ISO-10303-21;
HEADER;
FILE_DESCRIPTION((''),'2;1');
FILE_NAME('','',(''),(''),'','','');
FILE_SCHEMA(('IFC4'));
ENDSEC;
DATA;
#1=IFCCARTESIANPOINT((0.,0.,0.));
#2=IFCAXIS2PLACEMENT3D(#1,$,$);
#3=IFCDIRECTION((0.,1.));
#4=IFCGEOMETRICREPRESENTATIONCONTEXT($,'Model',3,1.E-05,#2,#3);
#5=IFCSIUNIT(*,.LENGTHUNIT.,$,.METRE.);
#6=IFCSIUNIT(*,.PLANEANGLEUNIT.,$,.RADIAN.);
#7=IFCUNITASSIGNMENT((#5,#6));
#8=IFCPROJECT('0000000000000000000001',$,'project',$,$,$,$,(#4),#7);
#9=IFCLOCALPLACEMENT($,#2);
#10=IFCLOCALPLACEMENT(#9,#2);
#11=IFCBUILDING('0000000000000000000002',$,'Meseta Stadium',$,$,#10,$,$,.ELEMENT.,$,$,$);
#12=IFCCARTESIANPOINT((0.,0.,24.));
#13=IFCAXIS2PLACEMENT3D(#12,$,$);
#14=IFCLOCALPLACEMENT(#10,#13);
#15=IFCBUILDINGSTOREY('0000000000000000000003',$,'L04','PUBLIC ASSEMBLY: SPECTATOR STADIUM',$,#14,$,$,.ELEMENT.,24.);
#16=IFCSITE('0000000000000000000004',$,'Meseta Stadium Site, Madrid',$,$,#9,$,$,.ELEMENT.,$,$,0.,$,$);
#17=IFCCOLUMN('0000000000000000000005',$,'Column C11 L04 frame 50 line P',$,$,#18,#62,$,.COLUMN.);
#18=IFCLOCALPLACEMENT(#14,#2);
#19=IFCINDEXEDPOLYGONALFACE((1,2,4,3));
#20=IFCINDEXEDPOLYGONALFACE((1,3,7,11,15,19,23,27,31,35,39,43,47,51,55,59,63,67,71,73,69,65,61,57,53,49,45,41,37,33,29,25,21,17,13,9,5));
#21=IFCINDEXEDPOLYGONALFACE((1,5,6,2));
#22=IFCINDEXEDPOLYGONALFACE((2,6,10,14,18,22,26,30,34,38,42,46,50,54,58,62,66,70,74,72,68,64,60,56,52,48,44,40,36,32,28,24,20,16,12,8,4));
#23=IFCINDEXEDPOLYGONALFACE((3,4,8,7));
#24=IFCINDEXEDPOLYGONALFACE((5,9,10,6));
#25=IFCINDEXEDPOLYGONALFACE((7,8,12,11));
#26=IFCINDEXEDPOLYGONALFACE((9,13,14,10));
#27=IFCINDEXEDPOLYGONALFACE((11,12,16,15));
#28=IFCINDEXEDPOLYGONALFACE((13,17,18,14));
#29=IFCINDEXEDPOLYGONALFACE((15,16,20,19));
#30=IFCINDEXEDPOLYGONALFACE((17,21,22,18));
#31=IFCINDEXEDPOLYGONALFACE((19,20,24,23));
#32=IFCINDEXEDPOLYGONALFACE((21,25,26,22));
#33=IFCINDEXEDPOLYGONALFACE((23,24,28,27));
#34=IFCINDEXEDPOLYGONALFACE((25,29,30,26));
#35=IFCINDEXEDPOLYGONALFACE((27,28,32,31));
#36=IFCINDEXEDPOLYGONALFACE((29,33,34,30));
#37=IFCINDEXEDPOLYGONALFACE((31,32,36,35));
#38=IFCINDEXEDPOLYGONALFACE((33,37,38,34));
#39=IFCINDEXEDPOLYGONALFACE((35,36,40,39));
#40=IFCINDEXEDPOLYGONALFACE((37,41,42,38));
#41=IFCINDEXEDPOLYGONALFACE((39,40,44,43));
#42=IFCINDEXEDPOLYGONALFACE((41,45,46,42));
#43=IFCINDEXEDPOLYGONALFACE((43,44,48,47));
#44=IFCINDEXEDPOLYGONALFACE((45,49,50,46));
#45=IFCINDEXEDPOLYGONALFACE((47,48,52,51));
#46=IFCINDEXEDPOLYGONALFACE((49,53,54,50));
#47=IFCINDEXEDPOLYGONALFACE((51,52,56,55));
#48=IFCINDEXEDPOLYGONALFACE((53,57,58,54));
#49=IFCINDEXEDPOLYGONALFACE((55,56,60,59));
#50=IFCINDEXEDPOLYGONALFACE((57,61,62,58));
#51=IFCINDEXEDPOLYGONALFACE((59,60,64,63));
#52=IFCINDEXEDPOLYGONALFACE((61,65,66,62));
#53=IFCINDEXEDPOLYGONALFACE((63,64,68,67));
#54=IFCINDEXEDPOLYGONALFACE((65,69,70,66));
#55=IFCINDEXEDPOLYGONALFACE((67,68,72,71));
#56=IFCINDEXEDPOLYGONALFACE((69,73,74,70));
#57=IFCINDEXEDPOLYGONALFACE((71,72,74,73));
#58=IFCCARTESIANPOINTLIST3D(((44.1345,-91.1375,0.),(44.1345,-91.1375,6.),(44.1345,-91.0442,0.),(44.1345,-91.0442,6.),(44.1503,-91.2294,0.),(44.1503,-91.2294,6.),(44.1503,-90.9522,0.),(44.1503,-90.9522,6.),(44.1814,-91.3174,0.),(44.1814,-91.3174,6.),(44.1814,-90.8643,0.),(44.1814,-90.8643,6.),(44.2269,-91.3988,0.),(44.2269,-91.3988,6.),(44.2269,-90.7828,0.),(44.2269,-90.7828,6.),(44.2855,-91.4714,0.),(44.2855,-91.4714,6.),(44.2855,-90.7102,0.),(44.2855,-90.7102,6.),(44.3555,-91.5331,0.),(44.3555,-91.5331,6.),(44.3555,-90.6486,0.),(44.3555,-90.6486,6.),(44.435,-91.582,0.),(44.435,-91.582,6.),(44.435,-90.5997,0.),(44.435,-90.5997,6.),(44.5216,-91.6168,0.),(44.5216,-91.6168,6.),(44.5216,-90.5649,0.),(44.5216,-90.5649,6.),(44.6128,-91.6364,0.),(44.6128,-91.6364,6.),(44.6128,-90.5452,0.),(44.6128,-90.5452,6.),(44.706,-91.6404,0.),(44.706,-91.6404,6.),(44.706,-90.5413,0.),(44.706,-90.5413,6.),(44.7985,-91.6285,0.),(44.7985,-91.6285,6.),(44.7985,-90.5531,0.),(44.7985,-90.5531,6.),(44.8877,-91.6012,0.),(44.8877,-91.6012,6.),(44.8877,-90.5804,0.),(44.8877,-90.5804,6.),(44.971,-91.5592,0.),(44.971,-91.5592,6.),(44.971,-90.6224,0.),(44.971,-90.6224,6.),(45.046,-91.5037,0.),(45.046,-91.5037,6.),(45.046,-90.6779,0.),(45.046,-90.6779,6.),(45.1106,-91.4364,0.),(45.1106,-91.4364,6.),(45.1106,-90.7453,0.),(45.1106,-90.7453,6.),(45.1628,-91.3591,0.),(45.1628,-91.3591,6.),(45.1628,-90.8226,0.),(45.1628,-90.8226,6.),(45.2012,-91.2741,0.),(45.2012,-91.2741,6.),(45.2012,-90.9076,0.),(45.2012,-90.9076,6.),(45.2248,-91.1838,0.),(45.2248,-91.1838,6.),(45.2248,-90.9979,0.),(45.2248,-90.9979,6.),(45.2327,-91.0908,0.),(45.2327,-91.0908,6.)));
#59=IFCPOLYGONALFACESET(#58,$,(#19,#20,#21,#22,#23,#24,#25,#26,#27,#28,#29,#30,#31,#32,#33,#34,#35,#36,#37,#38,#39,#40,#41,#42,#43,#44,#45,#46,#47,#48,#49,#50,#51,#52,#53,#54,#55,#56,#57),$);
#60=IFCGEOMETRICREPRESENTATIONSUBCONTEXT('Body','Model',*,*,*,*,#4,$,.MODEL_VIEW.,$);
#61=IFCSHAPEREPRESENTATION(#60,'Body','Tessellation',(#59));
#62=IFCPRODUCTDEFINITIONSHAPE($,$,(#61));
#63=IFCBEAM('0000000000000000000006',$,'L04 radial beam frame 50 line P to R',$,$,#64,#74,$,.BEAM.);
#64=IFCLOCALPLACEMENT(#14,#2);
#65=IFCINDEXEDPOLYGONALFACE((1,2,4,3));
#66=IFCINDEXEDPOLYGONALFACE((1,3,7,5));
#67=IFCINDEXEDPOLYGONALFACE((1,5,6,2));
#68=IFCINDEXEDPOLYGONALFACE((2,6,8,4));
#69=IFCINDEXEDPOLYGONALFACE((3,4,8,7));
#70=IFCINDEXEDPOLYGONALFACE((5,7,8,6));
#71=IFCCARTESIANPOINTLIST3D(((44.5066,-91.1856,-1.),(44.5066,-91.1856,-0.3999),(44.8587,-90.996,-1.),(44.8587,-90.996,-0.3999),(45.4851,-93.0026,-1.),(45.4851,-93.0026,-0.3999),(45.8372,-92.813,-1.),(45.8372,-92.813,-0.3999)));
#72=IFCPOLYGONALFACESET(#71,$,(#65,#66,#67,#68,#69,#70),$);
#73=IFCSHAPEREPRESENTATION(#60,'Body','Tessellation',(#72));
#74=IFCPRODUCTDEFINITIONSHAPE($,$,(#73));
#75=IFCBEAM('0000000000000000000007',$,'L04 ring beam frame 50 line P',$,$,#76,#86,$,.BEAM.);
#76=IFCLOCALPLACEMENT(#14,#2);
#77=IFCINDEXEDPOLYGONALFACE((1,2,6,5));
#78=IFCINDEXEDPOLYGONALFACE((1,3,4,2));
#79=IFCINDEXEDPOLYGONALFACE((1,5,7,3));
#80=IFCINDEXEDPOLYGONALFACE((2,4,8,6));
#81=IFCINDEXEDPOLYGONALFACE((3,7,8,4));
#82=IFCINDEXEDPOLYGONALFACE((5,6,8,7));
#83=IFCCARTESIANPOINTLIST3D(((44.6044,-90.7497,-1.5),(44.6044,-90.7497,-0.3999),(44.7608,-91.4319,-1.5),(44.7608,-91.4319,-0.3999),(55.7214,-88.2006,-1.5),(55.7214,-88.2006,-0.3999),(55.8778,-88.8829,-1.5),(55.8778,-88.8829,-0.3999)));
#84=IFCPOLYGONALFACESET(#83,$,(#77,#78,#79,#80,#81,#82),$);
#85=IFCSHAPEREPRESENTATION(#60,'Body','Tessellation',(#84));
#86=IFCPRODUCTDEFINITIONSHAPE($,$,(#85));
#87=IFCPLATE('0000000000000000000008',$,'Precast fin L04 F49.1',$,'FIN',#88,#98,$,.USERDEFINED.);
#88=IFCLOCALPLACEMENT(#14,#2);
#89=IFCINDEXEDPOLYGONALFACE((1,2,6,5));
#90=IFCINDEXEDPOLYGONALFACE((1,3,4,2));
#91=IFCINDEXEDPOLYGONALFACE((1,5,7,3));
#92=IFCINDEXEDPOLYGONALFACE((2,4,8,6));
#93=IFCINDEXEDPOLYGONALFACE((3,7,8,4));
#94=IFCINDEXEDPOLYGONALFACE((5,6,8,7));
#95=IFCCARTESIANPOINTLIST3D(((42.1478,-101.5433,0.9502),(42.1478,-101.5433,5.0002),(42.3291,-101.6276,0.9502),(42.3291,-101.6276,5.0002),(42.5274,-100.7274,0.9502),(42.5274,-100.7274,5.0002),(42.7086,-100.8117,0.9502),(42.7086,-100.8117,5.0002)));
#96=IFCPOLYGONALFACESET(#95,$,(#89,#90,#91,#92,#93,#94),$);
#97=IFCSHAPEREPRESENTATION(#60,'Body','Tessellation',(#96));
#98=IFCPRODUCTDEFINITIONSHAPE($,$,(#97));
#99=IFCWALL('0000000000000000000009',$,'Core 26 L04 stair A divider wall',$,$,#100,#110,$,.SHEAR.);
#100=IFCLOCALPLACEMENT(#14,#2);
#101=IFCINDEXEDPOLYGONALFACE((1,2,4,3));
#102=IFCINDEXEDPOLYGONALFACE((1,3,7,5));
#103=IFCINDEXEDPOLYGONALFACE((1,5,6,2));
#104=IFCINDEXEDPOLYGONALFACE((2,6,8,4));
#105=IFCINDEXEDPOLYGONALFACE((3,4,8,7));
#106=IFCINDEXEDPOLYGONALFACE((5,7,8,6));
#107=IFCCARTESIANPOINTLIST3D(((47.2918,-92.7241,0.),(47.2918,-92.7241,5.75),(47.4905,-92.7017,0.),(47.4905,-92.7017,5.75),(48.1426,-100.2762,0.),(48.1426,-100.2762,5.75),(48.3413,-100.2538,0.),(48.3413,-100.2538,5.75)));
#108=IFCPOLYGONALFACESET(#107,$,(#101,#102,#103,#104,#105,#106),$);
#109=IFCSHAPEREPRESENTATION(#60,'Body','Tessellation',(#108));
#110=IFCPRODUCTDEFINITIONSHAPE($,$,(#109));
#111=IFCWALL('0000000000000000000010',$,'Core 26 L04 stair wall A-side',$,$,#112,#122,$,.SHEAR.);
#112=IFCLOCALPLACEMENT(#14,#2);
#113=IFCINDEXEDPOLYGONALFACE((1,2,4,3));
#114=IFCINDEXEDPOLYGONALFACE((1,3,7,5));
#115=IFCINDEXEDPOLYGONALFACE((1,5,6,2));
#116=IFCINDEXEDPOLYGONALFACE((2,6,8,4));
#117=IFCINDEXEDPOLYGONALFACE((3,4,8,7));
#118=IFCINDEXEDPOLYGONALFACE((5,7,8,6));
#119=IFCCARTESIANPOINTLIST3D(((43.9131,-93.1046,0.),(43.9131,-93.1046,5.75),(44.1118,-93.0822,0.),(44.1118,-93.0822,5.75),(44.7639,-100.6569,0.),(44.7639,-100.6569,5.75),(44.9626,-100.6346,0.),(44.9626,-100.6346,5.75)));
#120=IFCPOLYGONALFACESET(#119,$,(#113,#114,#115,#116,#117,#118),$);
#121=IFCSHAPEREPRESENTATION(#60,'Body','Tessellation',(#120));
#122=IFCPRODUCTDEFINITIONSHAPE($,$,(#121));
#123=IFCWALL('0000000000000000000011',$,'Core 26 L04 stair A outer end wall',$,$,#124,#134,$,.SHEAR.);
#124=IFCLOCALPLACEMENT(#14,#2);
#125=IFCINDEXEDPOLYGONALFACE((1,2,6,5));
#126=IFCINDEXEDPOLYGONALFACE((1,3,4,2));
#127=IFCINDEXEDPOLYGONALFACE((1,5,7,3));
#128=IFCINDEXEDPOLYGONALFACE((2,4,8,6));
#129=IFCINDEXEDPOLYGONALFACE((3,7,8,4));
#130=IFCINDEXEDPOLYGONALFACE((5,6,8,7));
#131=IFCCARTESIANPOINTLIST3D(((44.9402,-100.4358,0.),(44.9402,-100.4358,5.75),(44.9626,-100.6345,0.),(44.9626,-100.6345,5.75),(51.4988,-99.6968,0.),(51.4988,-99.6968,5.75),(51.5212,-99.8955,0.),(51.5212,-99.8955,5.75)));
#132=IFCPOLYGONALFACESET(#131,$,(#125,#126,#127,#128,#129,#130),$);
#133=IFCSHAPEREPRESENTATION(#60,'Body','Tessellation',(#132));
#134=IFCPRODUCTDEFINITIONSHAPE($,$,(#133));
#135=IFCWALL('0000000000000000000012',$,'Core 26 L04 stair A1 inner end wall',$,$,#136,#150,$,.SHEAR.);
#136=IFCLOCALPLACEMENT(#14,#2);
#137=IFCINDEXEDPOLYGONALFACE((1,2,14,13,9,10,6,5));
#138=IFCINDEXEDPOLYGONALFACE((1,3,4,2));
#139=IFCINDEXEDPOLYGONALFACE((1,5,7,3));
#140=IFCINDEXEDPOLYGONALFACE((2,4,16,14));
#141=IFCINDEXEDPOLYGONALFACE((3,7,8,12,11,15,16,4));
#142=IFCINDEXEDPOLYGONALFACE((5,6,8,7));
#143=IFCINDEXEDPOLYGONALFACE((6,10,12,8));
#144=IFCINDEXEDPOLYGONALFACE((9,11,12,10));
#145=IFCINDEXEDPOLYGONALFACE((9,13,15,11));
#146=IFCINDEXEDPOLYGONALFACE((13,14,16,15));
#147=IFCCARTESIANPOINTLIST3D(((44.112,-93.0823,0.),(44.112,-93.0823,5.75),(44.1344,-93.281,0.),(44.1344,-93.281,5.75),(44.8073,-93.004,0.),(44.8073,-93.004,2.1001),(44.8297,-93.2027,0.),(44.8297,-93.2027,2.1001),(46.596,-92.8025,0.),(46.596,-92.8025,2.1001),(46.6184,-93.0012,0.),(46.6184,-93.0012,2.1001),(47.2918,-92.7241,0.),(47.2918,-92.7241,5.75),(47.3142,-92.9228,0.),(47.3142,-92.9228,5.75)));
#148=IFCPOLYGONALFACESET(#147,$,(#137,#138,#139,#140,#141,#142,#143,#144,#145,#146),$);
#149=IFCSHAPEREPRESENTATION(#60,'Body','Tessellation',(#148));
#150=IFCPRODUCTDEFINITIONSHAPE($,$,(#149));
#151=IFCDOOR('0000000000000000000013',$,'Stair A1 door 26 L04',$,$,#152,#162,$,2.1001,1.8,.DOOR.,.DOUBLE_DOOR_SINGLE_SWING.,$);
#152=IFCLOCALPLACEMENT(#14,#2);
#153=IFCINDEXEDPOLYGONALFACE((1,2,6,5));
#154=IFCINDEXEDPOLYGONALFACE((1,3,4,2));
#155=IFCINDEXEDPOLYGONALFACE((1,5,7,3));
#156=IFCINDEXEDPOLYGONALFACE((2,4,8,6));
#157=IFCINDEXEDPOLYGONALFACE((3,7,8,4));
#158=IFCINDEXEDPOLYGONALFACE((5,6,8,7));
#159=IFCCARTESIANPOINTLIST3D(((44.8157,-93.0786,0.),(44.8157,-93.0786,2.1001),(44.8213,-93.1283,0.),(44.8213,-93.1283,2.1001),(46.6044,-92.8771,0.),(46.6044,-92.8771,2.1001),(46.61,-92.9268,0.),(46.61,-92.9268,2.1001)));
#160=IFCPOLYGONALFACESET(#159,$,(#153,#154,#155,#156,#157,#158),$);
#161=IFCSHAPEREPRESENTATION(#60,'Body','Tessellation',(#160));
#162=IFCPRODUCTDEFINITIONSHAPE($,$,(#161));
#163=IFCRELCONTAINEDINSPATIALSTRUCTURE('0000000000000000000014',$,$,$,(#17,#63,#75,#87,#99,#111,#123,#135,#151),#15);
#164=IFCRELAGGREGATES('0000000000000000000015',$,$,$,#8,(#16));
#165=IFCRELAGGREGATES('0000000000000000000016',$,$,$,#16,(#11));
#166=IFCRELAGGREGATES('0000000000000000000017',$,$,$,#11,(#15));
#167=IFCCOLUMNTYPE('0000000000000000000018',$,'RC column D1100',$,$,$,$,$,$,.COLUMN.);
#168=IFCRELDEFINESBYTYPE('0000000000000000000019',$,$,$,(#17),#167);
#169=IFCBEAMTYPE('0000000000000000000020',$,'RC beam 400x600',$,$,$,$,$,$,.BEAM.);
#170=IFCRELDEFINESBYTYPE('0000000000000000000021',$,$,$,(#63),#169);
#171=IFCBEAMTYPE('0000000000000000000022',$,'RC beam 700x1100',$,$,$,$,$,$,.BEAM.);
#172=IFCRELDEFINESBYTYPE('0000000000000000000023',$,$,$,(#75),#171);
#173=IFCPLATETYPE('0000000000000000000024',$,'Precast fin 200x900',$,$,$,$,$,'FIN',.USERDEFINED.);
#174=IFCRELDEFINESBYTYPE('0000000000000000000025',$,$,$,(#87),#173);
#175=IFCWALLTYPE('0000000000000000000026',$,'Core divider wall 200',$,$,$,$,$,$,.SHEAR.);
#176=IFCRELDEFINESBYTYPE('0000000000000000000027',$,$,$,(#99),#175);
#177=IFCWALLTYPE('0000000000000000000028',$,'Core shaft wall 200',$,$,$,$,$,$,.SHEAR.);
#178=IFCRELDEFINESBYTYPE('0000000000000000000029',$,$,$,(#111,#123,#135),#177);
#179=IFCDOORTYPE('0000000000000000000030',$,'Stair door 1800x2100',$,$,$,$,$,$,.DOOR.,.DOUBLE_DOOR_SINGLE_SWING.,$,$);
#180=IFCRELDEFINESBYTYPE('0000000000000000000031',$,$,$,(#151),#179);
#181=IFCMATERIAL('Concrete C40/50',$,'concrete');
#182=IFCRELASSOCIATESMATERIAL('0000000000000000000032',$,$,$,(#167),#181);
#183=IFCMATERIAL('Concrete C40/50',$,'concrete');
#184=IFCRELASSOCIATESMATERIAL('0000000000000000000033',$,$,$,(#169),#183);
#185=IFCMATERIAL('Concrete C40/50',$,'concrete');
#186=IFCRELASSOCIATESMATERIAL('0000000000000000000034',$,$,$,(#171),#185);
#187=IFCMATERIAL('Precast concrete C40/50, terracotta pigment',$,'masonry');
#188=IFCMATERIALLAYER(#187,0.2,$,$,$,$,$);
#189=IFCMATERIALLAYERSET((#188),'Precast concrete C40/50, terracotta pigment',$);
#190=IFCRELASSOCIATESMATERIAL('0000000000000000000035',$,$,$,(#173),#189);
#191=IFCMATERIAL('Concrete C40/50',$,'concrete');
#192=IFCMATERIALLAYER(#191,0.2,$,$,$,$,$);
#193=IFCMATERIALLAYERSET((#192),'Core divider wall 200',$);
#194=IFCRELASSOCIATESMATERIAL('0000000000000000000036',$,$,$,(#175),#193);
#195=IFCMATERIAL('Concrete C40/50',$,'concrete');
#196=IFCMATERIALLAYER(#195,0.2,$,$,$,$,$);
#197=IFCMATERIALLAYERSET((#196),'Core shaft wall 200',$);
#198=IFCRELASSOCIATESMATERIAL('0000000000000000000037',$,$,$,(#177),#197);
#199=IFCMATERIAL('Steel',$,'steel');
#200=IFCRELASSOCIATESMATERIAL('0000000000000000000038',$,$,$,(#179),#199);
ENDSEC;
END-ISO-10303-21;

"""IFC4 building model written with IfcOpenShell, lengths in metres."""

from ifc_helpers import new_model, si_unit, direction, frame, frame_2d, origin, origin_2d, place, context, subcontext, project, spatial, rectangle, circle, extrude, material, layer, layer_set, material_profile, profile_set, type_object, element, fill, save


model = new_model("IFC4")

# Units and contexts
model_context = context("Model", 3, precision=1e-05, world=origin(), true_north=direction((0.0, 1.0)))
body_context = subcontext(model_context, "Body", "Model", "MODEL_VIEW")
ifc_project = project(units=[si_unit("LENGTHUNIT", "METRE"), si_unit("PLANEANGLEUNIT", "RADIAN")], contexts=[model_context])

# Site, building, storey
site_placement = place(None, origin())
site = spatial("IfcSite", under=ifc_project, at=site_placement, Name="Meseta Stadium Site, Madrid", CompositionType="ELEMENT", RefElevation=0.0)
building_placement = place(site_placement, origin())
building = spatial("IfcBuilding", under=site, at=building_placement, Name="Meseta Stadium", CompositionType="ELEMENT")
storey_placement = place(building_placement, frame((0.0, 0.0, 24.0)))
storey = spatial("IfcBuildingStorey", under=building, at=storey_placement, Name="L04", Description="PUBLIC ASSEMBLY: SPECTATOR STADIUM", CompositionType="ELEMENT", Elevation=24.0)

# Column
ifc_material_1 = material(Name="Concrete C40/50", Category="concrete")
ifc_material_profile_1 = material_profile(ifc_material_1, circle(Radius=0.55, at=origin_2d()), Name="RC D1100")
ifc_profile_set_1 = profile_set([ifc_material_profile_1], Name="Concrete C40/50")
column_type = type_object("IfcColumnType", Name="RC column D1100", PredefinedType="COLUMN", material=ifc_profile_set_1)
column_placement = place(storey_placement, frame((44.6826, -91.0908, 0.0), z_axis=(0.0, 0.0, 1.0), x_axis=(1.0, 0.0, 0.0)))
element("IfcColumn", 1, at=column_placement, inside=storey, type_object=column_type, Name="Column C11 L04 frame 50 line P", PredefinedType="COLUMN", context=body_context, shape_type="SweptSolid", body=[
    extrude(circle(Radius=0.55, at=origin_2d()), origin(), (0.0, 0.0, 1.0), 6.0),
])

# Beams
ifc_material_2 = material(Name="Concrete C40/50", Category="concrete")
ifc_material_profile_2 = material_profile(ifc_material_2, rectangle(XDim=0.3999, YDim=0.6001, at=origin_2d()), Name="RC 400x600")
ifc_profile_set_2 = profile_set([ifc_material_profile_2], Name="Concrete C40/50")
beam_type_1 = type_object("IfcBeamType", Name="RC beam 400x600", PredefinedType="BEAM", material=ifc_profile_set_2)
beam_1_placement = place(storey_placement, frame((44.6826, -91.0908, -0.7), z_axis=(0.47417, -0.880433, 0.0), x_axis=(0.880433, 0.47417, 0.0)))
element("IfcBeam", 2, at=beam_1_placement, inside=storey, type_object=beam_type_1, Name="L04 radial beam frame 50 line P to R", PredefinedType="BEAM", context=body_context, shape_type="SweptSolid", body=[
    extrude(rectangle(XDim=0.3999, YDim=0.6001, at=origin_2d()), origin(), (0.0, 0.0, 1.0), 2.0637),
])
ifc_material_3 = material(Name="Concrete C40/50", Category="concrete")
ifc_material_profile_3 = material_profile(ifc_material_3, rectangle(XDim=0.7, YDim=1.1001, at=origin_2d()), Name="RC 700x1100")
ifc_profile_set_3 = profile_set([ifc_material_profile_3], Name="Concrete C40/50")
beam_type_2 = type_object("IfcBeamType", Name="RC beam 700x1100", PredefinedType="BEAM", material=ifc_profile_set_3)
beam_2_placement = place(storey_placement, frame((44.6826, -91.0908, -0.95), z_axis=(0.974705, 0.223496, 0.0), x_axis=(-0.223496, 0.974705, 0.0)))
element("IfcBeam", 3, at=beam_2_placement, inside=storey, type_object=beam_type_2, Name="L04 ring beam frame 50 line P", PredefinedType="BEAM", context=body_context, shape_type="SweptSolid", body=[
    extrude(rectangle(XDim=0.7, YDim=1.1001, at=origin_2d()), origin(), (0.0, 0.0, 1.0), 11.4055),
])

# Plate
ifc_material_4 = material(Name="Precast concrete C40/50, terracotta pigment", Category="masonry")
ifc_layer_1 = layer(ifc_material_4, 0.2)
ifc_layer_set_1 = layer_set([ifc_layer_1], Name="Precast concrete C40/50, terracotta pigment")
plate_type = type_object("IfcPlateType", Name="Precast fin 200x900", ElementType="FIN", PredefinedType="USERDEFINED", material=ifc_layer_set_1)
plate_placement = place(storey_placement, frame((42.4282, -101.1775, 0.9502), z_axis=(0.0, 0.0, 1.0), x_axis=(-0.906703, 0.42177, 0.0)))
element("IfcPlate", 4, at=plate_placement, inside=storey, type_object=plate_type, Name="Precast fin L04 F49.1", ObjectType="FIN", PredefinedType="USERDEFINED", context=body_context, shape_type="SweptSolid", body=[
    extrude(rectangle(XDim=0.2, YDim=0.8999, at=origin_2d()), origin(), (0.0, 0.0, 1.0), 4.05),
])

# Walls
ifc_material_5 = material(Name="Concrete C40/50", Category="concrete")
ifc_layer_2 = layer(ifc_material_5, 0.2)
ifc_layer_set_2 = layer_set([ifc_layer_2], Name="Core divider wall 200")
wall_type_1 = type_object("IfcWallType", Name="Core divider wall 200", PredefinedType="SHEAR", material=ifc_layer_set_2)
wall_1_placement = place(storey_placement, frame((48.2419, -100.2649, 0.0), z_axis=(0.0, 0.0, 1.0), x_axis=(-0.111955, 0.993713, 0.0)))
element("IfcWall", 5, at=wall_1_placement, inside=storey, type_object=wall_type_1, Name="Core 26 L04 stair A divider wall", PredefinedType="SHEAR", context=body_context, shape_type="SweptSolid", body=[
    extrude(rectangle(XDim=7.5999, YDim=0.2, at=frame_2d((3.7998, 0.0))), origin(), (0.0, 0.0, 1.0), 5.75),
])
ifc_material_6 = material(Name="Concrete C40/50", Category="concrete")
ifc_layer_3 = layer(ifc_material_6, 0.2)
ifc_layer_set_3 = layer_set([ifc_layer_3], Name="Core shaft wall 200")
wall_type_2 = type_object("IfcWallType", Name="Core shaft wall 200", PredefinedType="SHEAR", material=ifc_layer_set_3)
wall_2_placement = place(storey_placement, frame((44.8633, -100.6458, 0.0), z_axis=(0.0, 0.0, 1.0), x_axis=(-0.111951, 0.993714, 0.0)))
element("IfcWall", 6, at=wall_2_placement, inside=storey, type_object=wall_type_2, Name="Core 26 L04 stair wall A-side", PredefinedType="SHEAR", context=body_context, shape_type="SweptSolid", body=[
    extrude(rectangle(XDim=7.6001, YDim=0.2, at=frame_2d((3.8, 0.0))), origin(), (0.0, 0.0, 1.0), 5.75),
])
wall_3_placement = place(storey_placement, frame((44.9514, -100.5352, 0.0), z_axis=(0.0, 0.0, 1.0), x_axis=(0.993712, 0.11197, 0.0)))
element("IfcWall", 7, at=wall_3_placement, inside=storey, type_object=wall_type_2, Name="Core 26 L04 stair A outer end wall", PredefinedType="SHEAR", context=body_context, shape_type="SweptSolid", body=[
    extrude(rectangle(XDim=6.6001, YDim=0.2, at=frame_2d((3.3, 0.0))), origin(), (0.0, 0.0, 1.0), 5.75),
])

# Wall, opening, door
wall_4_placement = place(storey_placement, frame((44.123, -93.1816, 0.0), z_axis=(0.0, 0.0, 1.0), x_axis=(0.993717, 0.111922, 0.0)))
wall_4 = element("IfcWall", 8, at=wall_4_placement, inside=storey, type_object=wall_type_2, Name="Core 26 L04 stair A1 inner end wall", PredefinedType="SHEAR", context=body_context, shape_type="SweptSolid", body=[
    extrude(rectangle(XDim=3.2, YDim=0.2, at=frame_2d((1.6001, 0.0))), origin(), (0.0, 0.0, 1.0), 5.75),
])
opening_1_placement = place(wall_4_placement, frame((0.7, 0.0, 0.0)))
opening_1 = element("IfcOpeningElement", 9, at=opening_1_placement, cuts=wall_4, PredefinedType="OPENING", context=body_context, shape_type="SweptSolid", body=[
    extrude(rectangle(XDim=1.8, YDim=2.1001, at=frame_2d((0.8999, 1.05))), frame((0.0, 0.1099, 0.0), z_axis=(0.0, -1.0, 0.0), x_axis=(1.0, 0.0, 0.0)), (0.0, 0.0, 1.0), 0.22),
])
ifc_material_7 = material(Name="Steel", Category="steel")
door_type = type_object("IfcDoorType", Name="Stair door 1800x2100", OperationType="DOUBLE_DOOR_SINGLE_SWING", PredefinedType="DOOR", material=ifc_material_7)
door_1_placement = place(opening_1_placement, origin())
door_1 = element("IfcDoor", 10, at=door_1_placement, inside=storey, type_object=door_type, Name="Stair A1 door 26 L04", OperationType="DOUBLE_DOOR_SINGLE_SWING", OverallHeight=2.1001, OverallWidth=1.8, PredefinedType="DOOR", context=body_context, shape_type="SweptSolid", body=[
    extrude(rectangle(XDim=1.8, YDim=2.1001, at=frame_2d((0.8999, 1.05))), frame((0.0, 0.0249, 0.0), z_axis=(0.0, -1.0, 0.0), x_axis=(1.0, 0.0, 0.0)), (0.0, 0.0, 1.0), 0.05),
])
fill(opening_1, door_1)

save(model, "model.ifc")
